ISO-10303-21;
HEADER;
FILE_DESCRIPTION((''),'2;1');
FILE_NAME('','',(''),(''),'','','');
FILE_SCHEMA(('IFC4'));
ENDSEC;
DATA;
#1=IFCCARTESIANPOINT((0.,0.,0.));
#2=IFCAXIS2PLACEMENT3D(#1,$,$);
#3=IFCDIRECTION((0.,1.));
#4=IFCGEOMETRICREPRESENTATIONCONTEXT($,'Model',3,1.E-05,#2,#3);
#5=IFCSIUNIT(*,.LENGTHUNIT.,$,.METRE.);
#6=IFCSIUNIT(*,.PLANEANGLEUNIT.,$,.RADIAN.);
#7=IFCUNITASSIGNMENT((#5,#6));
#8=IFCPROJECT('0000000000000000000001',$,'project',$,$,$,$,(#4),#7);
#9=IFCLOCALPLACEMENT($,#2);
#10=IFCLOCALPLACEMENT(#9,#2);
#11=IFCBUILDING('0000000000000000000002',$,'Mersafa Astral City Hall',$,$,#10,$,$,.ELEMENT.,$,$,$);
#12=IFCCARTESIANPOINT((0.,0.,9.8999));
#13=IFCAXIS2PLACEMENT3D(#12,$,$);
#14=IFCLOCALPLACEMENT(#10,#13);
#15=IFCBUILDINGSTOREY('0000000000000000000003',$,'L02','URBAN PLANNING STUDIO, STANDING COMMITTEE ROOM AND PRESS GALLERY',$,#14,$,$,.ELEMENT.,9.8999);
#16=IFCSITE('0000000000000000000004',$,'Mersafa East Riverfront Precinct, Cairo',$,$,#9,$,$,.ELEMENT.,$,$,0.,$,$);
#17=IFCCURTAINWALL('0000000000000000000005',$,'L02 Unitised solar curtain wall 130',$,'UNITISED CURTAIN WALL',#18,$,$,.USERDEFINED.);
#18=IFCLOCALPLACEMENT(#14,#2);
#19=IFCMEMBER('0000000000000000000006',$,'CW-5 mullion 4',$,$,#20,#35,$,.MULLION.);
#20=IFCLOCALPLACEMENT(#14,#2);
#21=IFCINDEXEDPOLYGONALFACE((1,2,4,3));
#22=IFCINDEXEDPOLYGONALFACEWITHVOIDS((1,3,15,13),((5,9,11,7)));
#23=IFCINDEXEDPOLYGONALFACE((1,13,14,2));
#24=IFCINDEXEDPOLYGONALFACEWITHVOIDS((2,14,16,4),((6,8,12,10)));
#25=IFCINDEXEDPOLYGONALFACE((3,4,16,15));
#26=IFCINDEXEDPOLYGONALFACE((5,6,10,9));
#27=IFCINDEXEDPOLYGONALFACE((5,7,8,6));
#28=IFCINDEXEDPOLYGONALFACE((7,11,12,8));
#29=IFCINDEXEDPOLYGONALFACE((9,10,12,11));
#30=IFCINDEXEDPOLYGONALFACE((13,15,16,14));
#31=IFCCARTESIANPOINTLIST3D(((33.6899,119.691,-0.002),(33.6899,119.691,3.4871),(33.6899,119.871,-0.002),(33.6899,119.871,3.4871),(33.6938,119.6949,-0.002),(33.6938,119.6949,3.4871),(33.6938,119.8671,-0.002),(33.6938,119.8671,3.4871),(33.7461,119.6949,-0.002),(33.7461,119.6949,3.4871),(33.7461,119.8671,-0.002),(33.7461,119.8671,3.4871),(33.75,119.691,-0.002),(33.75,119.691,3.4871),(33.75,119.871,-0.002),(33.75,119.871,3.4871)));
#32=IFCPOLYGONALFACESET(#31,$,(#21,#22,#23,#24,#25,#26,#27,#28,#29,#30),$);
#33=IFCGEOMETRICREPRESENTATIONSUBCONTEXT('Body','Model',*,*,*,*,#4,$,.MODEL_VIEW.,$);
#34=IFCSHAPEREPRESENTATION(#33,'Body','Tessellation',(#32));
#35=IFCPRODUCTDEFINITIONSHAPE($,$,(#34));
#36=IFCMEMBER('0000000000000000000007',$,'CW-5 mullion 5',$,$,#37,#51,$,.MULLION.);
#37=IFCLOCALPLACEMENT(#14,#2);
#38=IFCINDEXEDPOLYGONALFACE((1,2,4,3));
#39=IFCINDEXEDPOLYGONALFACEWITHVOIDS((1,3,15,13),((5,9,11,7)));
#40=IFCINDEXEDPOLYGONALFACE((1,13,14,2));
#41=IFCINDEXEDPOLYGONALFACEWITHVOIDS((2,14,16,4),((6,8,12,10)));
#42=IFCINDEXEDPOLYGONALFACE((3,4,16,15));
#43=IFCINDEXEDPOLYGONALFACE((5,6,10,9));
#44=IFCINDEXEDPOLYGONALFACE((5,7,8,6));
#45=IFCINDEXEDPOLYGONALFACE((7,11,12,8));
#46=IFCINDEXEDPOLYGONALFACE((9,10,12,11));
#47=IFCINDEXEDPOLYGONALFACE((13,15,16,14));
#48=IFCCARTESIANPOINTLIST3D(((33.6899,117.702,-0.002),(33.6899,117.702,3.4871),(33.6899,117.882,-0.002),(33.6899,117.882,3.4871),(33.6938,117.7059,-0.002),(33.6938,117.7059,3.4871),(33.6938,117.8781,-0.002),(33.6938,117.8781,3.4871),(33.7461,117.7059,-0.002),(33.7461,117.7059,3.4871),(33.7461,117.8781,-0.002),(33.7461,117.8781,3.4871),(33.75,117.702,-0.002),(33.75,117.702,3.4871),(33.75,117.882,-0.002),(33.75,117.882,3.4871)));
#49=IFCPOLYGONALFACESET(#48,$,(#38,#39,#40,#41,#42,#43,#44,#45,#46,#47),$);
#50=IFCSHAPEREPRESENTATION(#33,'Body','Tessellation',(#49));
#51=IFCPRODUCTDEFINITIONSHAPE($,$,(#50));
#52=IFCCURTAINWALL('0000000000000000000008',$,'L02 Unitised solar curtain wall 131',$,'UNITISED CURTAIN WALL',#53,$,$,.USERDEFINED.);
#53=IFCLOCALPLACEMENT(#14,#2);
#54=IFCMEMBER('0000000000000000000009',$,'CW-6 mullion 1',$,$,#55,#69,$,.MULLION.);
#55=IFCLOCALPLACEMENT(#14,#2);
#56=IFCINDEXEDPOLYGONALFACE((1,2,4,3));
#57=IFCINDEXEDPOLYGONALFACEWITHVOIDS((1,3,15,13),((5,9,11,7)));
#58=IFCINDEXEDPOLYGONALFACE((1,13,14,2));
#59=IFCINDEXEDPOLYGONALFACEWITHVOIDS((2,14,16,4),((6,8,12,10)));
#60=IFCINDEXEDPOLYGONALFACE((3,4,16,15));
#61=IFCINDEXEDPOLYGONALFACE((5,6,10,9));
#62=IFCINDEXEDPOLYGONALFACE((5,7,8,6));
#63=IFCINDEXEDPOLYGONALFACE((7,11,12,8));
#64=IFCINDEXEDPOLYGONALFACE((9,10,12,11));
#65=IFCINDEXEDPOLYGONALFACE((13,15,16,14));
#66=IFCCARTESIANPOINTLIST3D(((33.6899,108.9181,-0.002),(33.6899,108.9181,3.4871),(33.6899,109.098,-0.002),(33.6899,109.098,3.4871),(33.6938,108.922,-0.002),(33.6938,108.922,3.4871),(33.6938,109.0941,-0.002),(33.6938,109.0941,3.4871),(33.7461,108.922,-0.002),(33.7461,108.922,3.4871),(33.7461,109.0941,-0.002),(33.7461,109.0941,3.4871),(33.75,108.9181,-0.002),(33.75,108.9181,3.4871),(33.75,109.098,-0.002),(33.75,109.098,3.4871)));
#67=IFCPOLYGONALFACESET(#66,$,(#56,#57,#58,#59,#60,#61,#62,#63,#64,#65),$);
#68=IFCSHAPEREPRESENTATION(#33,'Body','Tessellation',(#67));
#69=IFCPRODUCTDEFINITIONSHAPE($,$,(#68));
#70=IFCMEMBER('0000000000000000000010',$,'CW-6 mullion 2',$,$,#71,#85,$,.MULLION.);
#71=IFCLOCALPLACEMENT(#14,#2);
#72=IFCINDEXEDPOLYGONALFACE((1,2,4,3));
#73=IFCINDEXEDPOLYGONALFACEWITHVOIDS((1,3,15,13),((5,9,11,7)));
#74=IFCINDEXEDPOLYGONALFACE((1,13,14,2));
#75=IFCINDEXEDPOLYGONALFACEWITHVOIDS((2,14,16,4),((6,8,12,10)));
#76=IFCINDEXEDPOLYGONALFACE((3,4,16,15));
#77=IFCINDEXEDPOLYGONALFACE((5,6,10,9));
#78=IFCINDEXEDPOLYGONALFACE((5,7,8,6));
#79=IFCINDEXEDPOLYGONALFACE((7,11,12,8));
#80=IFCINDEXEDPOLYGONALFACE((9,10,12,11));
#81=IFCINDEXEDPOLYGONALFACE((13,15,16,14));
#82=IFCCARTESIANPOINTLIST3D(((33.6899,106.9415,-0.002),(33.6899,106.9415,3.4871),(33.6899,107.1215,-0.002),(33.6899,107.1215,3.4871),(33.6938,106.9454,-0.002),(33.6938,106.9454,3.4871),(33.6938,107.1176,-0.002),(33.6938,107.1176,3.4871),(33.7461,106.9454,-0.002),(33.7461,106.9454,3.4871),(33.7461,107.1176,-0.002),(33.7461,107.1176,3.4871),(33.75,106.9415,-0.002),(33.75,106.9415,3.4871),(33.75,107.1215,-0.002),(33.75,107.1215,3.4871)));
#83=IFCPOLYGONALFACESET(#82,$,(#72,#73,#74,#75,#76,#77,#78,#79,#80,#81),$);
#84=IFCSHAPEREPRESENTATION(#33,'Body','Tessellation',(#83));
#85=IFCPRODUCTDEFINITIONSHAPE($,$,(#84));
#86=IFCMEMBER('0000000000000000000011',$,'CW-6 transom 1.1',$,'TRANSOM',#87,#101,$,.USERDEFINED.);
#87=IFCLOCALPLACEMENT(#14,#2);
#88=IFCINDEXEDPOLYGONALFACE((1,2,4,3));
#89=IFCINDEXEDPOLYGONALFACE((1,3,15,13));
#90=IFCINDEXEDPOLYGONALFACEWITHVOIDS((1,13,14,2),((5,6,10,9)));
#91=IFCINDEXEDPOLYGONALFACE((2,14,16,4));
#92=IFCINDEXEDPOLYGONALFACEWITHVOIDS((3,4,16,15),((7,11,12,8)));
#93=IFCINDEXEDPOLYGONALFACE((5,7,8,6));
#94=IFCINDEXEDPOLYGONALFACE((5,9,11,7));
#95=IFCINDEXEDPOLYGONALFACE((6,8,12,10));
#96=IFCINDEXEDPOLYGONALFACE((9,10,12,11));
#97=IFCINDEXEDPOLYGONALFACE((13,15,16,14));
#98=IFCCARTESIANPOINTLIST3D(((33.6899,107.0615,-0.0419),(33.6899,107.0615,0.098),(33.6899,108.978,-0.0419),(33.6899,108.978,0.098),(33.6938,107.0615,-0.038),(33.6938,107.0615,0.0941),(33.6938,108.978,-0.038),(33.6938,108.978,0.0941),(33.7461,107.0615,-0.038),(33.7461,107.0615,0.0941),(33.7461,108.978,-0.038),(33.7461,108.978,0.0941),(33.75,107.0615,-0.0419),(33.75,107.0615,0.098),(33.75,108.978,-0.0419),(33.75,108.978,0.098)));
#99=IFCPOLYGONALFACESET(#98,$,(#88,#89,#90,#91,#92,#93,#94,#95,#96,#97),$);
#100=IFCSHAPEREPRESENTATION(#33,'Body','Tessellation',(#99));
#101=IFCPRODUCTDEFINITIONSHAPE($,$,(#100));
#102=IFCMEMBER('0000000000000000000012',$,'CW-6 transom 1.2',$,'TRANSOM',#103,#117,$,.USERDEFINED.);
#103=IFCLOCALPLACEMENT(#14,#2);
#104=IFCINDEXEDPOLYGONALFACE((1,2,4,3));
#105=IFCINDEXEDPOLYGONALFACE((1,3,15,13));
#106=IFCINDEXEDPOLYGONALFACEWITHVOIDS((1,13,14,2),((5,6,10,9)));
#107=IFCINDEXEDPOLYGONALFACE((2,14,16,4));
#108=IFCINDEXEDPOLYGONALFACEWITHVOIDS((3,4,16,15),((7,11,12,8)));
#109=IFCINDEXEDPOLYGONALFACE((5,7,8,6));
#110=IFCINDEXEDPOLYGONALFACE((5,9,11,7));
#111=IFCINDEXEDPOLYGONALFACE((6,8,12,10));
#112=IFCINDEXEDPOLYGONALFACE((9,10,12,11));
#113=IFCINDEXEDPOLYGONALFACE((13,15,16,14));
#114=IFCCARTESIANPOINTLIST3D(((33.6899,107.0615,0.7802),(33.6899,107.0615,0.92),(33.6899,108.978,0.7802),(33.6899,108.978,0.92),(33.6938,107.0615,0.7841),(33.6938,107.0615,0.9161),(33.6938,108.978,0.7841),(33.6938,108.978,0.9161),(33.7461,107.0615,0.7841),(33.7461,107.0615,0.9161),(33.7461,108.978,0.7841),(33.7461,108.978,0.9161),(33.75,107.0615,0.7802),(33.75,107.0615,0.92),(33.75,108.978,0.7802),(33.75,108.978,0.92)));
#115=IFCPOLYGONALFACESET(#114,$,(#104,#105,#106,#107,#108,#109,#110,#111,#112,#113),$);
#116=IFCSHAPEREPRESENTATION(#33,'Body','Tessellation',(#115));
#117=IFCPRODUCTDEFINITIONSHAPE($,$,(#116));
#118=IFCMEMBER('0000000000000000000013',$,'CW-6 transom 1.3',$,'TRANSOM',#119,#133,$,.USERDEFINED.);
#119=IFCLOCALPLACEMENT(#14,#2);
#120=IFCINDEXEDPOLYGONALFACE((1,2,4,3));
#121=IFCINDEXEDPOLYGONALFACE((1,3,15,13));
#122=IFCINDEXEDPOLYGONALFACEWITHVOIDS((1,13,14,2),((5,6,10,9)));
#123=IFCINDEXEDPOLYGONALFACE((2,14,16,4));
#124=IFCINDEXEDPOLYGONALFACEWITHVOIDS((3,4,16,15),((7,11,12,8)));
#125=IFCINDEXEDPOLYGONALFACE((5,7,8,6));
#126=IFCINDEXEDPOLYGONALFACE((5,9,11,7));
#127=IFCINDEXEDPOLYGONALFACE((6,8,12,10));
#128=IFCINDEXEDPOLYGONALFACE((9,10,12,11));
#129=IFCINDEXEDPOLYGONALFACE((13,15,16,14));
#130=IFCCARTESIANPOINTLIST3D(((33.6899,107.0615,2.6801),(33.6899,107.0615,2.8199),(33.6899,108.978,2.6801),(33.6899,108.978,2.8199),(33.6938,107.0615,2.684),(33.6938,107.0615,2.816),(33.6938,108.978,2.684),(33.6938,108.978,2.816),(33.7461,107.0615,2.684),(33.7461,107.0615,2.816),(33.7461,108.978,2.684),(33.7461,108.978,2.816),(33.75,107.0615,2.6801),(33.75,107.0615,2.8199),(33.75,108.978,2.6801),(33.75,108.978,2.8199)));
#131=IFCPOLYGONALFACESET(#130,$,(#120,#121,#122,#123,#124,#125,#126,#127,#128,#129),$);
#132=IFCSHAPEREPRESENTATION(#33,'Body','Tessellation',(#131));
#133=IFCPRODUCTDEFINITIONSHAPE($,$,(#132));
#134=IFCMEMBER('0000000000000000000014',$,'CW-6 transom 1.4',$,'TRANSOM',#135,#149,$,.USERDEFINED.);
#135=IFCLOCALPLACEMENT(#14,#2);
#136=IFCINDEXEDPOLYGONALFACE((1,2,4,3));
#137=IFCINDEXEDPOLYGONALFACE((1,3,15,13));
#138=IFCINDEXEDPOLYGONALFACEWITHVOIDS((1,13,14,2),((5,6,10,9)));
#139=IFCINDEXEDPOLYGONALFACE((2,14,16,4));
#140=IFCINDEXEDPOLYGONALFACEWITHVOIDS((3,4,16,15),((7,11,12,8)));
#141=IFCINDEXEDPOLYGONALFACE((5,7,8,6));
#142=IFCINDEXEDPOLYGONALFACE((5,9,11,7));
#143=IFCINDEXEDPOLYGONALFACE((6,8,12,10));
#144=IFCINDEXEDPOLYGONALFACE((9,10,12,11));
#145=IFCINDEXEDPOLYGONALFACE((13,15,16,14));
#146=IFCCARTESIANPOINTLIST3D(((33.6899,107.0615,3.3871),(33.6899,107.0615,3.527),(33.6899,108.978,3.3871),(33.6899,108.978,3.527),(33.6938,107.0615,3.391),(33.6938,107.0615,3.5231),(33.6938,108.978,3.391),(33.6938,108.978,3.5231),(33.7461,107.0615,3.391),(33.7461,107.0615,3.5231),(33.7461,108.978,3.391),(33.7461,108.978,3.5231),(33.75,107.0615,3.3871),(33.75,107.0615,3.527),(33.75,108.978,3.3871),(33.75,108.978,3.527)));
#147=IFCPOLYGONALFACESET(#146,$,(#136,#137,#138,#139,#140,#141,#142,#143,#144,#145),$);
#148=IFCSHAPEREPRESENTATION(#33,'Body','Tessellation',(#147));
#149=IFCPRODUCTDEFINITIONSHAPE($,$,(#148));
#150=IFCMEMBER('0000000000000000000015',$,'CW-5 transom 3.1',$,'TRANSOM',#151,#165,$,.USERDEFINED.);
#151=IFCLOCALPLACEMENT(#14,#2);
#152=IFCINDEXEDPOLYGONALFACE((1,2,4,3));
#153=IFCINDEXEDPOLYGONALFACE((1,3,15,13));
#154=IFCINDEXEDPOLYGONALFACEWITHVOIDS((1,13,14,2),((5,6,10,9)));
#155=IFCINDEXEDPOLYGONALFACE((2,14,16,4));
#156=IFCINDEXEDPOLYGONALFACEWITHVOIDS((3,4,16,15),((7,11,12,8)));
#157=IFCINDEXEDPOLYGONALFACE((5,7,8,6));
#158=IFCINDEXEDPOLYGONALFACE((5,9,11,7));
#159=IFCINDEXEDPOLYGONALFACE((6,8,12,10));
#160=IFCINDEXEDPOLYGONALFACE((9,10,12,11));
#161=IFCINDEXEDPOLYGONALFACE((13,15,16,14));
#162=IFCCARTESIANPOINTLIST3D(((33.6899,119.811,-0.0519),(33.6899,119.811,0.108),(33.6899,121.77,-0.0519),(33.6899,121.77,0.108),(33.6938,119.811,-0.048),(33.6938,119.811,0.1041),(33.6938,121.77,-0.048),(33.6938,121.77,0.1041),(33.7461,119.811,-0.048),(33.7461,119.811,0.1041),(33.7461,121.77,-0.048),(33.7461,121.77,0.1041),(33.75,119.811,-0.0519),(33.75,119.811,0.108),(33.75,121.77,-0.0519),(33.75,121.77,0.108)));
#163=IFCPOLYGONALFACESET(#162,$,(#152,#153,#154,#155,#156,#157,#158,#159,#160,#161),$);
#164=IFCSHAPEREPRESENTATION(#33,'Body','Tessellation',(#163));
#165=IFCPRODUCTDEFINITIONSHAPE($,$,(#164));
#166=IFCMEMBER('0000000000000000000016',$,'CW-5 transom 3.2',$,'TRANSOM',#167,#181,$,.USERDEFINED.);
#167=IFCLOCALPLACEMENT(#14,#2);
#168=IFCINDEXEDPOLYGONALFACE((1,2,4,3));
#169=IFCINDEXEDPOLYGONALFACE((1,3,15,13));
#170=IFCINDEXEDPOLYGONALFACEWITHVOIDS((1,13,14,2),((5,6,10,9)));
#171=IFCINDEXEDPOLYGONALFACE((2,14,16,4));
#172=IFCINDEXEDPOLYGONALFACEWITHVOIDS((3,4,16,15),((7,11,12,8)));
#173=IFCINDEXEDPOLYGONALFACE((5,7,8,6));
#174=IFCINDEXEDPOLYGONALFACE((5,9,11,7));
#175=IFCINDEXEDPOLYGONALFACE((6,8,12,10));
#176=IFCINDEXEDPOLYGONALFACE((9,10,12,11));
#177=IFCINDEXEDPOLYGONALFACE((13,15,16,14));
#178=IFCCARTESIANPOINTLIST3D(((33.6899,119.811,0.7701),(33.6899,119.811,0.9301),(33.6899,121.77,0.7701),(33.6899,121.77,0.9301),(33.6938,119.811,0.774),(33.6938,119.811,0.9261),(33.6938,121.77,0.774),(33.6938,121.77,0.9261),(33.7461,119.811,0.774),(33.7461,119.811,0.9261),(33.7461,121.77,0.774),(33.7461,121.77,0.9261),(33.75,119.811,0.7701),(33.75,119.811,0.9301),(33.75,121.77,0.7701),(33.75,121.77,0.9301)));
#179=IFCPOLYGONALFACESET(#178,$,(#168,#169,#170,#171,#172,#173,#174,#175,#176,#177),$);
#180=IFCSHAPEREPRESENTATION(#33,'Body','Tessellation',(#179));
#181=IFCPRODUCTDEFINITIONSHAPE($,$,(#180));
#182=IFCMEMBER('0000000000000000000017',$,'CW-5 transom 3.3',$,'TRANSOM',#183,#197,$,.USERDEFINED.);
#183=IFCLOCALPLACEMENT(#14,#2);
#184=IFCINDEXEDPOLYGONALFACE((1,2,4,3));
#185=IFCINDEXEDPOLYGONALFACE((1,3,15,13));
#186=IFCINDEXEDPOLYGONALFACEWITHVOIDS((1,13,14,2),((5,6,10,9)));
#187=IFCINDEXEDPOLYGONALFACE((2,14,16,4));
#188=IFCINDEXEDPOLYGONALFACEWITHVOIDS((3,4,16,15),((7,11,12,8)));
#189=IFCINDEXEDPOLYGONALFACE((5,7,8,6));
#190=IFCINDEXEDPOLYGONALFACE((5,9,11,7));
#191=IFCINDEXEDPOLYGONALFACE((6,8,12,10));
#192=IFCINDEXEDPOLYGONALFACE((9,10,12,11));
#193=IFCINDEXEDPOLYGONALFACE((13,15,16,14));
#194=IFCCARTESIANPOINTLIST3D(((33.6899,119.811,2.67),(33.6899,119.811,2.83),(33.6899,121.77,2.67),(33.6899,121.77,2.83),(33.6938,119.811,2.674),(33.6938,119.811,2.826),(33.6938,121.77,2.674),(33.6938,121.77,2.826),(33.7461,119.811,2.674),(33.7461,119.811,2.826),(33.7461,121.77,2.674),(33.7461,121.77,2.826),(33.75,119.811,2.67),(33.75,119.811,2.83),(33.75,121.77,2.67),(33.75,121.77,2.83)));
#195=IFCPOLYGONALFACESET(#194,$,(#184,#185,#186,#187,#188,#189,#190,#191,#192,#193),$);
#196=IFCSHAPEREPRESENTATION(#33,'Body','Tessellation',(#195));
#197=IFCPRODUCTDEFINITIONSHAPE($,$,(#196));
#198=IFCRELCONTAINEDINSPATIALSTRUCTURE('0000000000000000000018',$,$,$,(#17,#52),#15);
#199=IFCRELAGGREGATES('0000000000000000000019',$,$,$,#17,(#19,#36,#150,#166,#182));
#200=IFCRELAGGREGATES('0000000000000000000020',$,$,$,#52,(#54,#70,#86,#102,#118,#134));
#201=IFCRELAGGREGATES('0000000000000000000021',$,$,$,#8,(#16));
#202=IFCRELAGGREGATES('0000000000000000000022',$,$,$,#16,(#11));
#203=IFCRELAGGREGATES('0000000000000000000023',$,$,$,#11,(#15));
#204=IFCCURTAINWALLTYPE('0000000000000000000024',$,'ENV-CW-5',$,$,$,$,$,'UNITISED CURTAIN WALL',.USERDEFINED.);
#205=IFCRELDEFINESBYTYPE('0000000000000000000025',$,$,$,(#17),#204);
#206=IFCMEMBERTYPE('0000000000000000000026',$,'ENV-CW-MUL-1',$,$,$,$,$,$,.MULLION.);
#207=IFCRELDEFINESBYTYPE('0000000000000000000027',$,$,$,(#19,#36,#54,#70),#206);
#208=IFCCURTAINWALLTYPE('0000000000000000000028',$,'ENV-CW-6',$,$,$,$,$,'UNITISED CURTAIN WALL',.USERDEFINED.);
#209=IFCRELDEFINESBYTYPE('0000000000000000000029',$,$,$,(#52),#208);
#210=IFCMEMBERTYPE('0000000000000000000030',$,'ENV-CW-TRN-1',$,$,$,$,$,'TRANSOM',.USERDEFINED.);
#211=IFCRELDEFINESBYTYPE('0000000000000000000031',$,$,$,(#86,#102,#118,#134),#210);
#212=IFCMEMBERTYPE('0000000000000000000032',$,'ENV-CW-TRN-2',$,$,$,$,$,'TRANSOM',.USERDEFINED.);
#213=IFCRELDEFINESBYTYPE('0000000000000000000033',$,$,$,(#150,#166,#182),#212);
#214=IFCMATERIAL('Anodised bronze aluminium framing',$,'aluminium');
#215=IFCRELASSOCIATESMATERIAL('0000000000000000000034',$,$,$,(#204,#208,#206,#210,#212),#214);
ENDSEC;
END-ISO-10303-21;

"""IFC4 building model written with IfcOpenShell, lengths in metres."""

from ifc_helpers import new_model, si_unit, direction, frame, origin, origin_2d, place, context, subcontext, project, spatial, hollow_rectangle, extrude, material, material_profile, profile_set, type_object, element, aggregate, save


model = new_model("IFC4")

# Units and contexts
model_context = context("Model", 3, precision=1e-05, world=origin(), true_north=direction((0.0, 1.0)))
body_context = subcontext(model_context, "Body", "Model", "MODEL_VIEW")
ifc_project = project(units=[si_unit("LENGTHUNIT", "METRE"), si_unit("PLANEANGLEUNIT", "RADIAN")], contexts=[model_context])

# Site, building, storey
site_placement = place(None, origin())
site = spatial("IfcSite", under=ifc_project, at=site_placement, Name="Mersafa East Riverfront Precinct, Cairo", CompositionType="ELEMENT", RefElevation=0.0)
building_placement = place(site_placement, origin())
building = spatial("IfcBuilding", under=site, at=building_placement, Name="Mersafa Astral City Hall", CompositionType="ELEMENT")
storey_placement = place(building_placement, frame((0.0, 0.0, 9.8999)))
storey = spatial("IfcBuildingStorey", under=building, at=storey_placement, Name="L02", Description="URBAN PLANNING STUDIO, STANDING COMMITTEE ROOM AND PRESS GALLERY", CompositionType="ELEMENT", Elevation=9.8999)

# Curtain walls, members
ifc_material_1 = material(Name="Anodised bronze aluminium framing", Category="aluminium")
curtain_wall_type_1 = type_object("IfcCurtainWallType", Name="ENV-CW-5", ElementType="UNITISED CURTAIN WALL", PredefinedType="USERDEFINED", material=ifc_material_1)
curtain_wall_1_placement = place(storey_placement, origin())
curtain_wall_1 = element("IfcCurtainWall", 1, at=curtain_wall_1_placement, inside=storey, type_object=curtain_wall_type_1, Name="L02 Unitised solar curtain wall 130", ObjectType="UNITISED CURTAIN WALL", PredefinedType="USERDEFINED")
ifc_material_profile_1 = material_profile(ifc_material_1, hollow_rectangle(XDim=0.0601, YDim=0.1799, WallThickness=0.0039, at=origin_2d()), Name="RHS 60x180x4")
ifc_profile_set_1 = profile_set([ifc_material_profile_1], Name="Anodised bronze aluminium framing")
member_type_1 = type_object("IfcMemberType", Name="ENV-CW-MUL-1", PredefinedType="MULLION", material=ifc_profile_set_1)
member_1_placement = place(storey_placement, frame((33.72, 119.781, -0.002), z_axis=(0.0, 0.0, 1.0), x_axis=(1.0, 0.0, 0.0)))
member_1 = element("IfcMember", 2, at=member_1_placement, type_object=member_type_1, Name="CW-5 mullion 4", PredefinedType="MULLION", context=body_context, shape_type="SweptSolid", body=[
    extrude(hollow_rectangle(XDim=0.0601, YDim=0.1799, WallThickness=0.0039, at=origin_2d()), origin(), (0.0, 0.0, 1.0), 3.489),
])
member_2_placement = place(storey_placement, frame((33.72, 117.792, -0.002), z_axis=(0.0, 0.0, 1.0), x_axis=(1.0, 0.0, 0.0)))
member_2 = element("IfcMember", 3, at=member_2_placement, type_object=member_type_1, Name="CW-5 mullion 5", PredefinedType="MULLION", context=body_context, shape_type="SweptSolid", body=[
    extrude(hollow_rectangle(XDim=0.0601, YDim=0.1799, WallThickness=0.0039, at=origin_2d()), origin(), (0.0, 0.0, 1.0), 3.489),
])
curtain_wall_type_2 = type_object("IfcCurtainWallType", Name="ENV-CW-6", ElementType="UNITISED CURTAIN WALL", PredefinedType="USERDEFINED", material=ifc_material_1)
curtain_wall_2_placement = place(storey_placement, origin())
curtain_wall_2 = element("IfcCurtainWall", 4, at=curtain_wall_2_placement, inside=storey, type_object=curtain_wall_type_2, Name="L02 Unitised solar curtain wall 131", ObjectType="UNITISED CURTAIN WALL", PredefinedType="USERDEFINED")
member_3_placement = place(storey_placement, frame((33.72, 109.0081, -0.002), z_axis=(0.0, 0.0, 1.0), x_axis=(1.0, 0.0, 0.0)))
member_3 = element("IfcMember", 5, at=member_3_placement, type_object=member_type_1, Name="CW-6 mullion 1", PredefinedType="MULLION", context=body_context, shape_type="SweptSolid", body=[
    extrude(hollow_rectangle(XDim=0.0601, YDim=0.1799, WallThickness=0.0039, at=origin_2d()), origin(), (0.0, 0.0, 1.0), 3.489),
])
member_4_placement = place(storey_placement, frame((33.72, 107.0315, -0.002), z_axis=(0.0, 0.0, 1.0), x_axis=(1.0, 0.0, 0.0)))
member_4 = element("IfcMember", 6, at=member_4_placement, type_object=member_type_1, Name="CW-6 mullion 2", PredefinedType="MULLION", context=body_context, shape_type="SweptSolid", body=[
    extrude(hollow_rectangle(XDim=0.0601, YDim=0.1799, WallThickness=0.0039, at=origin_2d()), origin(), (0.0, 0.0, 1.0), 3.489),
])
ifc_material_profile_2 = material_profile(ifc_material_1, hollow_rectangle(XDim=0.0601, YDim=0.1399, WallThickness=0.0039, at=origin_2d()), Name="RHS 60x140x4")
ifc_profile_set_2 = profile_set([ifc_material_profile_2], Name="Anodised bronze aluminium framing")
member_type_2 = type_object("IfcMemberType", Name="ENV-CW-TRN-1", ElementType="TRANSOM", PredefinedType="USERDEFINED", material=ifc_profile_set_2)
member_5_placement = place(storey_placement, frame((33.72, 108.978, 0.0281), z_axis=(0.0, -1.0, 0.0), x_axis=(1.0, 0.0, 0.0)))
member_5 = element("IfcMember", 7, at=member_5_placement, type_object=member_type_2, Name="CW-6 transom 1.1", ObjectType="TRANSOM", PredefinedType="USERDEFINED", context=body_context, shape_type="SweptSolid", body=[
    extrude(hollow_rectangle(XDim=0.0601, YDim=0.1399, WallThickness=0.0039, at=origin_2d()), origin(), (0.0, 0.0, 1.0), 1.9165),
])
member_6_placement = place(storey_placement, frame((33.72, 108.978, 0.8501), z_axis=(0.0, -1.0, 0.0), x_axis=(1.0, 0.0, 0.0)))
member_6 = element("IfcMember", 8, at=member_6_placement, type_object=member_type_2, Name="CW-6 transom 1.2", ObjectType="TRANSOM", PredefinedType="USERDEFINED", context=body_context, shape_type="SweptSolid", body=[
    extrude(hollow_rectangle(XDim=0.0601, YDim=0.1399, WallThickness=0.0039, at=origin_2d()), origin(), (0.0, 0.0, 1.0), 1.9165),
])
member_7_placement = place(storey_placement, frame((33.72, 108.978, 2.75), z_axis=(0.0, -1.0, 0.0), x_axis=(1.0, 0.0, 0.0)))
member_7 = element("IfcMember", 9, at=member_7_placement, type_object=member_type_2, Name="CW-6 transom 1.3", ObjectType="TRANSOM", PredefinedType="USERDEFINED", context=body_context, shape_type="SweptSolid", body=[
    extrude(hollow_rectangle(XDim=0.0601, YDim=0.1399, WallThickness=0.0039, at=origin_2d()), origin(), (0.0, 0.0, 1.0), 1.9165),
])
member_8_placement = place(storey_placement, frame((33.72, 108.978, 3.457), z_axis=(0.0, -1.0, 0.0), x_axis=(1.0, 0.0, 0.0)))
member_8 = element("IfcMember", 10, at=member_8_placement, type_object=member_type_2, Name="CW-6 transom 1.4", ObjectType="TRANSOM", PredefinedType="USERDEFINED", context=body_context, shape_type="SweptSolid", body=[
    extrude(hollow_rectangle(XDim=0.0601, YDim=0.1399, WallThickness=0.0039, at=origin_2d()), origin(), (0.0, 0.0, 1.0), 1.9165),
])

# Members
ifc_material_profile_3 = material_profile(ifc_material_1, hollow_rectangle(XDim=0.0601, YDim=0.1599, WallThickness=0.0039, at=origin_2d()), Name="RHS 60x160x4")
ifc_profile_set_3 = profile_set([ifc_material_profile_3], Name="Anodised bronze aluminium framing")
member_type_3 = type_object("IfcMemberType", Name="ENV-CW-TRN-2", ElementType="TRANSOM", PredefinedType="USERDEFINED", material=ifc_profile_set_3)
member_9_placement = place(storey_placement, frame((33.72, 121.77, 0.0281), z_axis=(0.0, -1.0, 0.0), x_axis=(1.0, 0.0, 0.0)))
member_9 = element("IfcMember", 11, at=member_9_placement, type_object=member_type_3, Name="CW-5 transom 3.1", ObjectType="TRANSOM", PredefinedType="USERDEFINED", context=body_context, shape_type="SweptSolid", body=[
    extrude(hollow_rectangle(XDim=0.0601, YDim=0.1599, WallThickness=0.0039, at=origin_2d()), origin(), (0.0, 0.0, 1.0), 1.959),
])
member_10_placement = place(storey_placement, frame((33.72, 121.77, 0.8501), z_axis=(0.0, -1.0, 0.0), x_axis=(1.0, 0.0, 0.0)))
member_10 = element("IfcMember", 12, at=member_10_placement, type_object=member_type_3, Name="CW-5 transom 3.2", ObjectType="TRANSOM", PredefinedType="USERDEFINED", context=body_context, shape_type="SweptSolid", body=[
    extrude(hollow_rectangle(XDim=0.0601, YDim=0.1599, WallThickness=0.0039, at=origin_2d()), origin(), (0.0, 0.0, 1.0), 1.959),
])
member_11_placement = place(storey_placement, frame((33.72, 121.77, 2.75), z_axis=(0.0, -1.0, 0.0), x_axis=(1.0, 0.0, 0.0)))
member_11 = element("IfcMember", 13, at=member_11_placement, type_object=member_type_3, Name="CW-5 transom 3.3", ObjectType="TRANSOM", PredefinedType="USERDEFINED", context=body_context, shape_type="SweptSolid", body=[
    extrude(hollow_rectangle(XDim=0.0601, YDim=0.1599, WallThickness=0.0039, at=origin_2d()), origin(), (0.0, 0.0, 1.0), 1.959),
])

aggregate(curtain_wall_1, [member_1, member_2, member_9, member_10, member_11])
aggregate(curtain_wall_2, [member_3, member_4, member_5, member_6, member_7, member_8])

save(model, "model.ifc")
